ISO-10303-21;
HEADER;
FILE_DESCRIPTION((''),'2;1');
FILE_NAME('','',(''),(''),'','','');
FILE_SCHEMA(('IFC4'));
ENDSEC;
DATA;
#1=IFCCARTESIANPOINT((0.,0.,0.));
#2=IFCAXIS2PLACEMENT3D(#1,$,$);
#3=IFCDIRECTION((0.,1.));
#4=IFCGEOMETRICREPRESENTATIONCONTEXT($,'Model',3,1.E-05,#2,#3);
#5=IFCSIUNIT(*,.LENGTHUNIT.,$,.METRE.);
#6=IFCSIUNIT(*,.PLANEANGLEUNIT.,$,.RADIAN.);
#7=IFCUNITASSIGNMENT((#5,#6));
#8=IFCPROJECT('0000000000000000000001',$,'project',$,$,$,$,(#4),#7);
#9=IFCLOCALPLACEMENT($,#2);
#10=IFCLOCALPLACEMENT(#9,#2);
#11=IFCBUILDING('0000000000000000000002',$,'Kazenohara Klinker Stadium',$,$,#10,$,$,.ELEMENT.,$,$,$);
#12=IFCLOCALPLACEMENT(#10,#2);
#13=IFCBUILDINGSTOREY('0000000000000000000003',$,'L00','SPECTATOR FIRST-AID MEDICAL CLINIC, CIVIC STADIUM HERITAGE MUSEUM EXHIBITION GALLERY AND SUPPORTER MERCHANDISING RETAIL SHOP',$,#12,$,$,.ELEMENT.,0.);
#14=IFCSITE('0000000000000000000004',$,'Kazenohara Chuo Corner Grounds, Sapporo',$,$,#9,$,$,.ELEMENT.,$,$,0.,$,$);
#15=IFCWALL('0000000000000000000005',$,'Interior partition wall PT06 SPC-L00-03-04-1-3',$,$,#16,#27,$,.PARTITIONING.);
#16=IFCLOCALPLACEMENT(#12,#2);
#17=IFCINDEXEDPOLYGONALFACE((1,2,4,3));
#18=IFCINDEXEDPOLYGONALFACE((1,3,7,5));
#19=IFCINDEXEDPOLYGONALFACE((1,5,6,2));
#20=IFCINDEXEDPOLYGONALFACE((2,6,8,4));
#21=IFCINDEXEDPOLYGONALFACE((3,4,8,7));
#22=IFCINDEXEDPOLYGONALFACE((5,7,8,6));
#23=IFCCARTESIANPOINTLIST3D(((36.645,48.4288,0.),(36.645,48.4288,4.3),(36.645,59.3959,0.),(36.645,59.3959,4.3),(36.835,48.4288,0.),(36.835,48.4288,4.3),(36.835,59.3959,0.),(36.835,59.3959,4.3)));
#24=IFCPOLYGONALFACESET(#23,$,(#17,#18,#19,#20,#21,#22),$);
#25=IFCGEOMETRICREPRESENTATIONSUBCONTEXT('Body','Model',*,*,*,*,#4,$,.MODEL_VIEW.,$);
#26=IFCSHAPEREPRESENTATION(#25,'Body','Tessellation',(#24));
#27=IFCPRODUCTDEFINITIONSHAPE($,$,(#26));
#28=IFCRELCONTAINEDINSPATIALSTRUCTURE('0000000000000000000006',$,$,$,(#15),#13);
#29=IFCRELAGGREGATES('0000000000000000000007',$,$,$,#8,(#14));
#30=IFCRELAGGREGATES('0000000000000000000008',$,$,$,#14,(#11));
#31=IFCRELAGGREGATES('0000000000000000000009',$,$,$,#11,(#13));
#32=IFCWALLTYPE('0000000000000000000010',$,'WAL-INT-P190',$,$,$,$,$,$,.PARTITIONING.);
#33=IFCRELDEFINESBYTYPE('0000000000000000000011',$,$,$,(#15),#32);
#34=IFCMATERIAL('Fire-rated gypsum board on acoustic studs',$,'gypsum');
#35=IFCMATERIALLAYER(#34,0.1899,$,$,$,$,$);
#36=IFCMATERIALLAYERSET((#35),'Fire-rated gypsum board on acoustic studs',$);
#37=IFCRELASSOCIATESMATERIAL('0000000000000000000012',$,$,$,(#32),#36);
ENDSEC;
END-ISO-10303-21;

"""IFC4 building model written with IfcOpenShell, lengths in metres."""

from ifc_helpers import new_model, si_unit, direction, frame, frame_2d, origin, place, context, subcontext, project, spatial, rectangle, extrude, material, layer, layer_set, type_object, element, save


model = new_model("IFC4")

# Units and contexts
model_context = context("Model", 3, precision=1e-05, world=origin(), true_north=direction((0.0, 1.0)))
body_context = subcontext(model_context, "Body", "Model", "MODEL_VIEW")
ifc_project = project(units=[si_unit("LENGTHUNIT", "METRE"), si_unit("PLANEANGLEUNIT", "RADIAN")], contexts=[model_context])

# Site, building, storey
site_placement = place(None, origin())
site = spatial("IfcSite", under=ifc_project, at=site_placement, Name="Kazenohara Chuo Corner Grounds, Sapporo", CompositionType="ELEMENT", RefElevation=0.0)
building_placement = place(site_placement, origin())
building = spatial("IfcBuilding", under=site, at=building_placement, Name="Kazenohara Klinker Stadium", CompositionType="ELEMENT")
storey_placement = place(building_placement, origin())
storey = spatial("IfcBuildingStorey", under=building, at=storey_placement, Name="L00", Description="SPECTATOR FIRST-AID MEDICAL CLINIC, CIVIC STADIUM HERITAGE MUSEUM EXHIBITION GALLERY AND SUPPORTER MERCHANDISING RETAIL SHOP", CompositionType="ELEMENT", Elevation=0.0)

# Shared definitions
ifc_material_1 = material(Name="Fire-rated gypsum board on acoustic studs", Category="gypsum")

# Wall
ifc_layer_1 = layer(ifc_material_1, 0.1899)
ifc_layer_set_1 = layer_set([ifc_layer_1], Name="Fire-rated gypsum board on acoustic studs")
wall_type_1 = type_object("IfcWallType", Name="WAL-INT-P190", PredefinedType="PARTITIONING", material=ifc_layer_set_1)
wall_1_placement = place(storey_placement, frame((36.74, 48.429, 0.0), z_axis=(0.0, 0.0, 1.0), x_axis=(0.0, 1.0, 0.0)))
element("IfcWall", 1, at=wall_1_placement, inside=storey, type_object=wall_type_1, Name="Interior partition wall PT06 SPC-L00-03-04-1-3", PredefinedType="PARTITIONING", context=body_context, shape_type="SweptSolid", body=[
    extrude(rectangle(XDim=10.967, YDim=0.1899, at=frame_2d((5.4834, 0.0))), origin(), (0.0, 0.0, 1.0), 4.3),
])

save(model, "model.ifc")
